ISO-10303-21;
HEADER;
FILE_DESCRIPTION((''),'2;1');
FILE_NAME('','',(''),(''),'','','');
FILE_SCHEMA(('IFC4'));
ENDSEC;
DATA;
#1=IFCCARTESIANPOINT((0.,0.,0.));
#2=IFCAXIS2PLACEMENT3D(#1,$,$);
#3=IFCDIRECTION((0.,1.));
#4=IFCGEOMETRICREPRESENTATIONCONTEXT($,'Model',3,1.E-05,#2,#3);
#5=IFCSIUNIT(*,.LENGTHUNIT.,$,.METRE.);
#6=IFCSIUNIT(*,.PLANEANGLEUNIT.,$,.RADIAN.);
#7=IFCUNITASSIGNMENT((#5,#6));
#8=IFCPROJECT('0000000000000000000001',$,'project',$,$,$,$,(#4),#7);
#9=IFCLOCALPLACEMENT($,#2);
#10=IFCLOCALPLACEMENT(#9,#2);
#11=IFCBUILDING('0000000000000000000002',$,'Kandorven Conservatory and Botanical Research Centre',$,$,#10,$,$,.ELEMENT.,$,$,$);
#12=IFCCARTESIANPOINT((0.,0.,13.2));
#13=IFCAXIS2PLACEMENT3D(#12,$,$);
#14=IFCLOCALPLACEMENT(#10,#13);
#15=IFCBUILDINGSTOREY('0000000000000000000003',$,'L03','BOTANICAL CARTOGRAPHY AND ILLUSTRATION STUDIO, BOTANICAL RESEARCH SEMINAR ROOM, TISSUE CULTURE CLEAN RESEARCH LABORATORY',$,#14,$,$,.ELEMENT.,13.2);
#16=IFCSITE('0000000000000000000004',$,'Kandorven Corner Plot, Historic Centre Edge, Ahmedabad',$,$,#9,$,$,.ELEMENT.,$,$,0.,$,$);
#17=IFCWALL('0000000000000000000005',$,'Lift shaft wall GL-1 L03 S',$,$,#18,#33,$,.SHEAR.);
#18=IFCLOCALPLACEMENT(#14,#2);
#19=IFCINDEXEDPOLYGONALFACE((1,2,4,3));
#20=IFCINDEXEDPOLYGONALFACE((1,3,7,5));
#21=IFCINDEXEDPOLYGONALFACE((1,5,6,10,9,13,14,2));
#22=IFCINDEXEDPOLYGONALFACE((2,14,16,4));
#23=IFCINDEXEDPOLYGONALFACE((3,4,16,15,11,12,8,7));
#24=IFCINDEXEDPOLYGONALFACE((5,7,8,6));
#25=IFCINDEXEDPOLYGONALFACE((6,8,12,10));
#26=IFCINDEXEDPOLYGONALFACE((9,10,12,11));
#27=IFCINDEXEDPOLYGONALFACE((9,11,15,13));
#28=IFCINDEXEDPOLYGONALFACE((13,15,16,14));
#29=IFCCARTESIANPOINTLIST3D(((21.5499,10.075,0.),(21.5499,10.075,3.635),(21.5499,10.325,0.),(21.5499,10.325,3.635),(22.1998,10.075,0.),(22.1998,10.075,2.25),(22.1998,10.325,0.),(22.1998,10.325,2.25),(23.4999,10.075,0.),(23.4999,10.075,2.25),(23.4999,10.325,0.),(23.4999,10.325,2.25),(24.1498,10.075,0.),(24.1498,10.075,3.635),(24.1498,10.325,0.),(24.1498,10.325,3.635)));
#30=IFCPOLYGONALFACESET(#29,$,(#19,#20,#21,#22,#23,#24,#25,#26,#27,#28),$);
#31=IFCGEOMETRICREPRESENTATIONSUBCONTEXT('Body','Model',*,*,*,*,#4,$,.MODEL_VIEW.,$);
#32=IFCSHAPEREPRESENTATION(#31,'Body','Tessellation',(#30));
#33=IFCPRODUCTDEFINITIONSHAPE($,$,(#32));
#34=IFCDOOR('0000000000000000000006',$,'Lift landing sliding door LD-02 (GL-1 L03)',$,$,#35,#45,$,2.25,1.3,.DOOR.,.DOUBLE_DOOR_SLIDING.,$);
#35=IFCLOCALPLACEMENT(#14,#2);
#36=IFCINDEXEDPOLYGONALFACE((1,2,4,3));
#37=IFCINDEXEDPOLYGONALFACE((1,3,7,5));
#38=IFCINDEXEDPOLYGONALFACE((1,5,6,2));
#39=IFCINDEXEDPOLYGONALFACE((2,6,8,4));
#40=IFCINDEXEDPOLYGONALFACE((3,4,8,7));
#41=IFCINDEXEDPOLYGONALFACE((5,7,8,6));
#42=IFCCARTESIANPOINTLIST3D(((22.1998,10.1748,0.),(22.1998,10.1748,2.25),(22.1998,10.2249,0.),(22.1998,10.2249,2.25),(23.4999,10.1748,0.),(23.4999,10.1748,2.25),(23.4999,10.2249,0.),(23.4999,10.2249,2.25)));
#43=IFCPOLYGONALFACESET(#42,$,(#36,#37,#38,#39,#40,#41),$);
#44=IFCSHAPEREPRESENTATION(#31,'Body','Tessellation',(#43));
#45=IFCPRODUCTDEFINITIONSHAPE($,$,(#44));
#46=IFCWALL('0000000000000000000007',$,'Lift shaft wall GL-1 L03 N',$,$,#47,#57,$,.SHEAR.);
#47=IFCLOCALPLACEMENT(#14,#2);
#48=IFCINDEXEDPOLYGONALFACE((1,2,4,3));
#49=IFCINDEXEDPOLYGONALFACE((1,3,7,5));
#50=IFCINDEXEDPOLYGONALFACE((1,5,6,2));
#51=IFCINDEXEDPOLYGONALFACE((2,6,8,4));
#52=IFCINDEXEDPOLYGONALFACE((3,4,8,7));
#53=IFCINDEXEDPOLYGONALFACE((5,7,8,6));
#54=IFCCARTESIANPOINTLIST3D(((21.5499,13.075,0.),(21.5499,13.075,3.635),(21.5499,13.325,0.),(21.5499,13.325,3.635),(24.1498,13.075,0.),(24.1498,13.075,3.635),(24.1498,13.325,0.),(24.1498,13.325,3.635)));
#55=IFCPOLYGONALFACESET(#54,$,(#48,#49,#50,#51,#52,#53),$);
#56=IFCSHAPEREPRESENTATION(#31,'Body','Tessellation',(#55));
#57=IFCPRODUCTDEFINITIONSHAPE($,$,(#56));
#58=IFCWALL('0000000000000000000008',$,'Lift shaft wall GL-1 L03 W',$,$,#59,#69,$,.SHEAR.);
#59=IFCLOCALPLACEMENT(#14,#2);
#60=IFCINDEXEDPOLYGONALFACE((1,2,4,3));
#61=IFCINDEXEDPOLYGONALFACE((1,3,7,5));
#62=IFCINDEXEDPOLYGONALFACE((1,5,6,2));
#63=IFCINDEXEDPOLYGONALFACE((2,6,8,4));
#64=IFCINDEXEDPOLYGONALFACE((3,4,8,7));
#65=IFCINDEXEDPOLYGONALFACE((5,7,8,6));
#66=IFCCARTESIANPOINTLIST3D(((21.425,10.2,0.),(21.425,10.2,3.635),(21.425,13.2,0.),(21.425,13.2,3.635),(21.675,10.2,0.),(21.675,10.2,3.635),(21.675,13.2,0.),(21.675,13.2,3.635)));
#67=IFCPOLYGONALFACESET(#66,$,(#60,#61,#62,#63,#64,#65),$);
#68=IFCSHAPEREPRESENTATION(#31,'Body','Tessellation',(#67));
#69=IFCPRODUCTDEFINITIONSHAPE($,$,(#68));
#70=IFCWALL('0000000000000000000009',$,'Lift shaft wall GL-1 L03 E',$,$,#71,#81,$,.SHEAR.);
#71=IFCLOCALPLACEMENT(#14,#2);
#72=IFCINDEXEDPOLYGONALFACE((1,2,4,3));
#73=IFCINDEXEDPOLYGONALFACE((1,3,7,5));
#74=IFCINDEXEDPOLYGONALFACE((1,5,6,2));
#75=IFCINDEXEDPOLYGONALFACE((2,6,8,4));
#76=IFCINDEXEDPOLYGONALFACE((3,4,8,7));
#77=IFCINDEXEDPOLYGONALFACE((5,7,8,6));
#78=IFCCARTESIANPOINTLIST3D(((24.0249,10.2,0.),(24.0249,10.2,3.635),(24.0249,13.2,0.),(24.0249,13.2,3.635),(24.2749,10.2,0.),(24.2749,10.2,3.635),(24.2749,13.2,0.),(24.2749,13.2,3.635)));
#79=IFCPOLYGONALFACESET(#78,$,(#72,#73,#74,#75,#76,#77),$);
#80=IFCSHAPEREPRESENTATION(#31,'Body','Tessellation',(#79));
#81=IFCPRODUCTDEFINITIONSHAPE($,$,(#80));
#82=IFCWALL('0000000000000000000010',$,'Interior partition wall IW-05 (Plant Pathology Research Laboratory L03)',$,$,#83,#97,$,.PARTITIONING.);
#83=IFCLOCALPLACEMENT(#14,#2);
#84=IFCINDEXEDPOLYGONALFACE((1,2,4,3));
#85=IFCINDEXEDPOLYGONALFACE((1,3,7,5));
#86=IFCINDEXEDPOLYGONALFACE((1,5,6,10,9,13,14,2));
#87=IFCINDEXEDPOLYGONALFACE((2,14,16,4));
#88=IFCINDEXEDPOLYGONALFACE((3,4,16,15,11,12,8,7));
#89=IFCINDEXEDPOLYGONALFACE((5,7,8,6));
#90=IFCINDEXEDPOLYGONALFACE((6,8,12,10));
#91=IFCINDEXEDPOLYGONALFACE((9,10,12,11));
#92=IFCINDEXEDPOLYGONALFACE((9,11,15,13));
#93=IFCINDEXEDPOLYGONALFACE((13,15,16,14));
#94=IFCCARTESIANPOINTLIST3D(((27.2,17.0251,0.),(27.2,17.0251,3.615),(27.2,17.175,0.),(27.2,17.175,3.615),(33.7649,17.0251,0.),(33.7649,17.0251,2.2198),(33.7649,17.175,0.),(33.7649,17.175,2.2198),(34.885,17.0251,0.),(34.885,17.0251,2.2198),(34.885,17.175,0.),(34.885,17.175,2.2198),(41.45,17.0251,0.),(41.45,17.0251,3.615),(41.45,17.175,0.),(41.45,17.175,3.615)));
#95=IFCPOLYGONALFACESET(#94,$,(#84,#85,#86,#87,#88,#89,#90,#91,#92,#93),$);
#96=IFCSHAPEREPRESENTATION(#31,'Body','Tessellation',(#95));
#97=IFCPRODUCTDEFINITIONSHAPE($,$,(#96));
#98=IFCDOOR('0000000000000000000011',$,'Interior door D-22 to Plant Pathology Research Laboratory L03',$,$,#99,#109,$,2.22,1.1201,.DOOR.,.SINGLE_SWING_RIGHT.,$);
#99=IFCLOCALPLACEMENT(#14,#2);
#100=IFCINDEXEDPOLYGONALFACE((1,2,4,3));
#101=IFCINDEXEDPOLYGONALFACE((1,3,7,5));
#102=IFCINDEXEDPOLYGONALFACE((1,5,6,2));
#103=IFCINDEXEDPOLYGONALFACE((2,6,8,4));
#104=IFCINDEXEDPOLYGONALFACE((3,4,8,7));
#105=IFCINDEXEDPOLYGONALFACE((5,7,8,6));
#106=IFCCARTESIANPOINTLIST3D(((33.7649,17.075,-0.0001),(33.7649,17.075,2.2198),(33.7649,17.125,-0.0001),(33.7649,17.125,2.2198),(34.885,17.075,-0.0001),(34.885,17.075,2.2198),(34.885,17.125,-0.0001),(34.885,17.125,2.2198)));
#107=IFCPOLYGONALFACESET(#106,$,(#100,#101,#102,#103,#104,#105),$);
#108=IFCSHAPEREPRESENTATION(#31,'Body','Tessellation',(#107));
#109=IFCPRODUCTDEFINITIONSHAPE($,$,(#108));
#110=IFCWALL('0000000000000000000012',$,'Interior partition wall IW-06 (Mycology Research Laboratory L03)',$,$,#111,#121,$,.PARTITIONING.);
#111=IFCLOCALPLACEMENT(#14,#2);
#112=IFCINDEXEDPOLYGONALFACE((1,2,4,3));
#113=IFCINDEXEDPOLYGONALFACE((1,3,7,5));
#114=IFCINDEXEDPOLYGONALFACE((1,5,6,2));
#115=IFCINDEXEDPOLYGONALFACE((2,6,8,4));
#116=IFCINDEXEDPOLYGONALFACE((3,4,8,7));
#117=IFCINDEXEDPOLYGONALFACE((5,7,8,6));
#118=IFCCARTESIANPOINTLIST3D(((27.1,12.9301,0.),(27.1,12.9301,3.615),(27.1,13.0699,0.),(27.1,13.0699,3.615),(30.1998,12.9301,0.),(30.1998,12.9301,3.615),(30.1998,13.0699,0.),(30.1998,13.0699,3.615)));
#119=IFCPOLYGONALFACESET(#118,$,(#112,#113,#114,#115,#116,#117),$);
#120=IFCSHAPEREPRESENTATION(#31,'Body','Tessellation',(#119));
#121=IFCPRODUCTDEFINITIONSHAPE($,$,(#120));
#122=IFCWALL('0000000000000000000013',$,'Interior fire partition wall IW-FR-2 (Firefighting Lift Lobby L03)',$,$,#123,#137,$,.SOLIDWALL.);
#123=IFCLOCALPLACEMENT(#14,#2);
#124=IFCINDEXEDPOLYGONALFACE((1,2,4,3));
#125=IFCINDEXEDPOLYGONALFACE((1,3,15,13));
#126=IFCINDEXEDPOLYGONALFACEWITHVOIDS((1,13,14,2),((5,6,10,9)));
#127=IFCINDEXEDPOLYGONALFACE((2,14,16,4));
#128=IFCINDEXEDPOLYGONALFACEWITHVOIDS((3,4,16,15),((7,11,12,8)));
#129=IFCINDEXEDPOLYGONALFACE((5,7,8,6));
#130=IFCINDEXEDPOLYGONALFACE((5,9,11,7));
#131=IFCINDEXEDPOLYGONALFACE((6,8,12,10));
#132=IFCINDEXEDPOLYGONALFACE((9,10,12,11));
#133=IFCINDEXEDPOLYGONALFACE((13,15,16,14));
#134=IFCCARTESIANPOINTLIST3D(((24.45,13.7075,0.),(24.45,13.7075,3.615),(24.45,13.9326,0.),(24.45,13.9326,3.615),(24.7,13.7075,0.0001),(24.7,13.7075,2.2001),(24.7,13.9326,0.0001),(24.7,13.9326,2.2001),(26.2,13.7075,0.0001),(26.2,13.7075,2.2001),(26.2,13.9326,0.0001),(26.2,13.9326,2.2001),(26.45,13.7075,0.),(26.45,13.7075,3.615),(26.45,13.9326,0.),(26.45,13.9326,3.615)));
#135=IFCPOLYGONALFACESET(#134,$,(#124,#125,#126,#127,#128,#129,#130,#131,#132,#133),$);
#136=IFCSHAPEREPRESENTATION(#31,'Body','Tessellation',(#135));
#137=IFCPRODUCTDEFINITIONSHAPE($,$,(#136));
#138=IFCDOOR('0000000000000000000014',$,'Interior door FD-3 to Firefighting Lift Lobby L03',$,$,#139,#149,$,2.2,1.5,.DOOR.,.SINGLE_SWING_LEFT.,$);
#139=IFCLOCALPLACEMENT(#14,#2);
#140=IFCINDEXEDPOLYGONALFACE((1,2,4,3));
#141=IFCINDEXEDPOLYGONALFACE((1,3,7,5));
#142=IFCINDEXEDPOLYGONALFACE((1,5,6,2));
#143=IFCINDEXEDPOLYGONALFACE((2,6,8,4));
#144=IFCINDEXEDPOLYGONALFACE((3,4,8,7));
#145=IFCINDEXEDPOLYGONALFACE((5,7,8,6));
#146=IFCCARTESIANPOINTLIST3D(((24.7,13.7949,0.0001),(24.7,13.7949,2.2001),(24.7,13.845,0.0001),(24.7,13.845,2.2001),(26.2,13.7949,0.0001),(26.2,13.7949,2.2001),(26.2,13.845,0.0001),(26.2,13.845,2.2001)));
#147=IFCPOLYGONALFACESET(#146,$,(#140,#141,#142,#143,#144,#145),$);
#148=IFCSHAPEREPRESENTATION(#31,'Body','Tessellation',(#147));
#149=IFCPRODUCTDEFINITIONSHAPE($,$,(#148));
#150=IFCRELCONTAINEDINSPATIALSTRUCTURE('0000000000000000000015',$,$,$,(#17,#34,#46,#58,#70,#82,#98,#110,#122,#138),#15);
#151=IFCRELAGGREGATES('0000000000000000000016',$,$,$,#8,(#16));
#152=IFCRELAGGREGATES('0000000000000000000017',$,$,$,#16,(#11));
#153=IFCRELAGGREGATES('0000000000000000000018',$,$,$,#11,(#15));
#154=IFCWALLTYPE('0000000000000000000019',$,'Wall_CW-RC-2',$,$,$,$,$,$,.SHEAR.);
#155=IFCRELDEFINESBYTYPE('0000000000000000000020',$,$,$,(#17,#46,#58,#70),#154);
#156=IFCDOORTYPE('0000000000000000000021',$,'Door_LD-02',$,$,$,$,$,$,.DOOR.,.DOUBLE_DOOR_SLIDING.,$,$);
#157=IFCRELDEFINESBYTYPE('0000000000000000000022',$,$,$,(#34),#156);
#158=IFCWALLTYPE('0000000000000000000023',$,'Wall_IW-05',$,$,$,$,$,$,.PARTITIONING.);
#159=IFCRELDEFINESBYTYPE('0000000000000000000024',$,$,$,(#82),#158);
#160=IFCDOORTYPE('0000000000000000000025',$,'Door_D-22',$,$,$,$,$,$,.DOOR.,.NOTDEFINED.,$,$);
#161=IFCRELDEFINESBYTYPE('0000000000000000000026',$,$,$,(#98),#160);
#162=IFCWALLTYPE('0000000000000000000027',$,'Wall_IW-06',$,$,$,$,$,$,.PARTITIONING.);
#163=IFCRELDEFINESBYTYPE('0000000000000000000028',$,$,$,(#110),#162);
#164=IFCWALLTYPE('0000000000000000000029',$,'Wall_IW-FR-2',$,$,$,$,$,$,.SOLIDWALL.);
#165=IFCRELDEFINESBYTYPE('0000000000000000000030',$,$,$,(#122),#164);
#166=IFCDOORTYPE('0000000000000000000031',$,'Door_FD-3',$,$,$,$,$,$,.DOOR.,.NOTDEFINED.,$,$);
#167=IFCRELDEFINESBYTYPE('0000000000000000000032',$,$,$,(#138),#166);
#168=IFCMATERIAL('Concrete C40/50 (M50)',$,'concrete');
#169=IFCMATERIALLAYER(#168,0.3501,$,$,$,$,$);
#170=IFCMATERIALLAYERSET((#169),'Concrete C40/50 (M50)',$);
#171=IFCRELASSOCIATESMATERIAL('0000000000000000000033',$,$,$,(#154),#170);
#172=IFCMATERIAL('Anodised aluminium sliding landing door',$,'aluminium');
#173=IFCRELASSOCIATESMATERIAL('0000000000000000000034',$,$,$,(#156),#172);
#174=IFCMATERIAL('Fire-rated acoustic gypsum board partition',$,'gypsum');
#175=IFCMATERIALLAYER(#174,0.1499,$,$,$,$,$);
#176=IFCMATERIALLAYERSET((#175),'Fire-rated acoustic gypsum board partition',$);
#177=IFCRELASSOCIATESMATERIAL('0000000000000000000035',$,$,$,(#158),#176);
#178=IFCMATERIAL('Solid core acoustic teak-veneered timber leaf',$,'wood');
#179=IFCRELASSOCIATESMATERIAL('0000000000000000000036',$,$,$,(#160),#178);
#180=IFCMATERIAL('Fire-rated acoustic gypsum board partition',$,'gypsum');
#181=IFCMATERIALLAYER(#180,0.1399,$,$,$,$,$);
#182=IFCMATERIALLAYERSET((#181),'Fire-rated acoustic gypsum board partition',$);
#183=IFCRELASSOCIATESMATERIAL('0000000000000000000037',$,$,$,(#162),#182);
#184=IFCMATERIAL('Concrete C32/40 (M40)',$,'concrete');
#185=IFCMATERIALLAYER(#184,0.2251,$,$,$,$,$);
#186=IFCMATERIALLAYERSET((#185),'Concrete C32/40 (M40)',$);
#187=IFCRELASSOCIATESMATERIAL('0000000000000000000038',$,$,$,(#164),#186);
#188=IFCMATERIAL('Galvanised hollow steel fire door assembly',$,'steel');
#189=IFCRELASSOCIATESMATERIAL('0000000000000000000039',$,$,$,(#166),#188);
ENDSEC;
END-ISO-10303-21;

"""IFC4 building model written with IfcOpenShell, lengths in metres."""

from ifc_helpers import new_model, si_unit, direction, frame, frame_2d, origin, place, context, subcontext, project, spatial, rectangle, extrude, material, layer, layer_set, type_object, element, fill, save


model = new_model("IFC4")

# Units and contexts
model_context = context("Model", 3, precision=1e-05, world=origin(), true_north=direction((0.0, 1.0)))
body_context = subcontext(model_context, "Body", "Model", "MODEL_VIEW")
ifc_project = project(units=[si_unit("LENGTHUNIT", "METRE"), si_unit("PLANEANGLEUNIT", "RADIAN")], contexts=[model_context])

# Site, building, storey
site_placement = place(None, origin())
site = spatial("IfcSite", under=ifc_project, at=site_placement, Name="Kandorven Corner Plot, Historic Centre Edge, Ahmedabad", CompositionType="ELEMENT", RefElevation=0.0)
building_placement = place(site_placement, origin())
building = spatial("IfcBuilding", under=site, at=building_placement, Name="Kandorven Conservatory and Botanical Research Centre", CompositionType="ELEMENT")
storey_placement = place(building_placement, frame((0.0, 0.0, 13.2)))
storey = spatial("IfcBuildingStorey", under=building, at=storey_placement, Name="L03", Description="BOTANICAL CARTOGRAPHY AND ILLUSTRATION STUDIO, BOTANICAL RESEARCH SEMINAR ROOM, TISSUE CULTURE CLEAN RESEARCH LABORATORY", CompositionType="ELEMENT", Elevation=13.2)

# Shared definitions
ifc_material_1 = material(Name="Concrete C40/50 (M50)", Category="concrete")
ifc_layer_1 = layer(ifc_material_1, 0.3501)
ifc_layer_set_1 = layer_set([ifc_layer_1], Name="Concrete C40/50 (M50)")
wall_type_1 = type_object("IfcWallType", Name="Wall_CW-RC-2", PredefinedType="SHEAR", material=ifc_layer_set_1)

# Wall, opening, door
wall_1_placement = place(storey_placement, frame((21.55, 10.2, 0.0), z_axis=(0.0, 0.0, 1.0), x_axis=(1.0, 0.0, 0.0)))
wall_1 = element("IfcWall", 1, at=wall_1_placement, inside=storey, type_object=wall_type_1, Name="Lift shaft wall GL-1 L03 S", PredefinedType="SHEAR", context=body_context, shape_type="SweptSolid", body=[
    extrude(rectangle(XDim=2.5999, YDim=0.25, at=frame_2d((1.2998, 0.0))), origin(), (0.0, 0.0, 1.0), 3.635),
])
opening_1_placement = place(wall_1_placement, frame((0.6499, 0.0, 0.0)))
opening_1 = element("IfcOpeningElement", 2, at=opening_1_placement, cuts=wall_1, PredefinedType="OPENING", context=body_context, shape_type="SweptSolid", body=[
    extrude(rectangle(XDim=1.3, YDim=2.25, at=frame_2d((0.6499, 1.125))), frame((0.0, 0.135, 0.0), z_axis=(0.0, -1.0, 0.0), x_axis=(1.0, 0.0, 0.0)), (0.0, 0.0, 1.0), 0.27),
])
ifc_material_2 = material(Name="Anodised aluminium sliding landing door", Category="aluminium")
door_type_1 = type_object("IfcDoorType", Name="Door_LD-02", OperationType="DOUBLE_DOOR_SLIDING", PredefinedType="DOOR", material=ifc_material_2)
door_1_placement = place(opening_1_placement, origin())
door_1 = element("IfcDoor", 3, at=door_1_placement, inside=storey, type_object=door_type_1, Name="Lift landing sliding door LD-02 (GL-1 L03)", OperationType="DOUBLE_DOOR_SLIDING", OverallHeight=2.25, OverallWidth=1.3, PredefinedType="DOOR", context=body_context, shape_type="SweptSolid", body=[
    extrude(rectangle(XDim=1.3, YDim=2.25, at=frame_2d((0.6499, 1.125))), frame((0.0, 0.0249, 0.0), z_axis=(0.0, -1.0, 0.0), x_axis=(1.0, 0.0, 0.0)), (0.0, 0.0, 1.0), 0.05),
])
fill(opening_1, door_1)

# Walls
wall_2_placement = place(storey_placement, frame((21.55, 13.2, 0.0), z_axis=(0.0, 0.0, 1.0), x_axis=(1.0, 0.0, 0.0)))
element("IfcWall", 4, at=wall_2_placement, inside=storey, type_object=wall_type_1, Name="Lift shaft wall GL-1 L03 N", PredefinedType="SHEAR", context=body_context, shape_type="SweptSolid", body=[
    extrude(rectangle(XDim=2.5999, YDim=0.25, at=frame_2d((1.2998, 0.0))), origin(), (0.0, 0.0, 1.0), 3.635),
])
for number, where, z_axis, x_axis, name in (
    (5, (21.55, 10.2, 0.0), (0.0, 0.0, 1.0), (0.0, 1.0, 0.0), "Lift shaft wall GL-1 L03 W"),
    (6, (24.1499, 10.2, 0.0), (0.0, 0.0, 1.0), (0.0, 1.0, 0.0), "Lift shaft wall GL-1 L03 E"),
):
    element("IfcWall", number, at=place(storey_placement, frame(where, z_axis=z_axis, x_axis=x_axis)), inside=storey, type_object=wall_type_1, Name=name, PredefinedType="SHEAR", context=body_context, shape_type="SweptSolid", body=[
        extrude(rectangle(XDim=3.0, YDim=0.25, at=frame_2d((1.5, 0.0))), origin(), (0.0, 0.0, 1.0), 3.635),
    ])

# Wall, opening, door
ifc_material_3 = material(Name="Fire-rated acoustic gypsum board partition", Category="gypsum")
ifc_layer_2 = layer(ifc_material_3, 0.1499)
ifc_layer_set_2 = layer_set([ifc_layer_2], Name="Fire-rated acoustic gypsum board partition")
wall_type_2 = type_object("IfcWallType", Name="Wall_IW-05", PredefinedType="PARTITIONING", material=ifc_layer_set_2)
wall_3_placement = place(storey_placement, frame((27.2, 17.1001, 0.0), z_axis=(0.0, 0.0, 1.0), x_axis=(1.0, 0.0, 0.0)))
wall_3 = element("IfcWall", 7, at=wall_3_placement, inside=storey, type_object=wall_type_2, Name="Interior partition wall IW-05 (Plant Pathology Research Laboratory L03)", PredefinedType="PARTITIONING", context=body_context, shape_type="SweptSolid", body=[
    extrude(rectangle(XDim=14.25, YDim=0.1499, at=frame_2d((7.125, 0.0))), origin(), (0.0, 0.0, 1.0), 3.615),
])
opening_2_placement = place(wall_3_placement, frame((6.5649, 0.0, 0.0)))
opening_2 = element("IfcOpeningElement", 8, at=opening_2_placement, cuts=wall_3, PredefinedType="OPENING", context=body_context, shape_type="SweptSolid", body=[
    extrude(rectangle(XDim=1.1201, YDim=2.22, at=frame_2d((0.5601, 1.1099))), frame((0.0, 0.085, 0.0), z_axis=(0.0, -1.0, 0.0), x_axis=(1.0, 0.0, 0.0)), (0.0, 0.0, 1.0), 0.1699),
])
ifc_material_4 = material(Name="Solid core acoustic teak-veneered timber leaf", Category="wood")
door_type_2 = type_object("IfcDoorType", Name="Door_D-22", OperationType="NOTDEFINED", PredefinedType="DOOR", material=ifc_material_4)
door_2_placement = place(opening_2_placement, origin())
door_2 = element("IfcDoor", 9, at=door_2_placement, inside=storey, type_object=door_type_2, Name="Interior door D-22 to Plant Pathology Research Laboratory L03", OperationType="SINGLE_SWING_RIGHT", OverallHeight=2.22, OverallWidth=1.1201, PredefinedType="DOOR", context=body_context, shape_type="SweptSolid", body=[
    extrude(rectangle(XDim=1.1201, YDim=2.22, at=frame_2d((0.5601, 1.1099))), frame((0.0, 0.0249, 0.0), z_axis=(0.0, -1.0, 0.0), x_axis=(1.0, 0.0, 0.0)), (0.0, 0.0, 1.0), 0.05),
])
fill(opening_2, door_2)

# Wall
ifc_material_5 = material(Name="Fire-rated acoustic gypsum board partition", Category="gypsum")
ifc_layer_3 = layer(ifc_material_5, 0.1399)
ifc_layer_set_3 = layer_set([ifc_layer_3], Name="Fire-rated acoustic gypsum board partition")
wall_type_3 = type_object("IfcWallType", Name="Wall_IW-06", PredefinedType="PARTITIONING", material=ifc_layer_set_3)
wall_4_placement = place(storey_placement, frame((27.1001, 13.0, 0.0), z_axis=(0.0, 0.0, 1.0), x_axis=(1.0, 0.0, 0.0)))
element("IfcWall", 10, at=wall_4_placement, inside=storey, type_object=wall_type_3, Name="Interior partition wall IW-06 (Mycology Research Laboratory L03)", PredefinedType="PARTITIONING", context=body_context, shape_type="SweptSolid", body=[
    extrude(rectangle(XDim=3.0999, YDim=0.1399, at=frame_2d((1.5498, 0.0))), origin(), (0.0, 0.0, 1.0), 3.615),
])

# Wall, opening, door
ifc_material_6 = material(Name="Concrete C32/40 (M40)", Category="concrete")
ifc_layer_4 = layer(ifc_material_6, 0.2251)
ifc_layer_set_4 = layer_set([ifc_layer_4], Name="Concrete C32/40 (M40)")
wall_type_4 = type_object("IfcWallType", Name="Wall_IW-FR-2", PredefinedType="SOLIDWALL", material=ifc_layer_set_4)
wall_5_placement = place(storey_placement, frame((24.45, 13.8201, 0.0), z_axis=(0.0, 0.0, 1.0), x_axis=(1.0, 0.0, 0.0)))
wall_5 = element("IfcWall", 11, at=wall_5_placement, inside=storey, type_object=wall_type_4, Name="Interior fire partition wall IW-FR-2 (Firefighting Lift Lobby L03)", PredefinedType="SOLIDWALL", context=body_context, shape_type="SweptSolid", body=[
    extrude(rectangle(XDim=2.0, YDim=0.2251, at=frame_2d((1.0, 0.0))), origin(), (0.0, 0.0, 1.0), 3.615),
])
opening_3_placement = place(wall_5_placement, frame((0.25, 0.0, 0.0)))
opening_3 = element("IfcOpeningElement", 12, at=opening_3_placement, cuts=wall_5, PredefinedType="OPENING", context=body_context, shape_type="SweptSolid", body=[
    extrude(rectangle(XDim=1.5, YDim=2.2, at=frame_2d((0.75, 1.1001))), frame((0.0, 0.1226, 0.0), z_axis=(0.0, -1.0, 0.0), x_axis=(1.0, 0.0, 0.0)), (0.0, 0.0, 1.0), 0.2451),
])
ifc_material_7 = material(Name="Galvanised hollow steel fire door assembly", Category="steel")
door_type_3 = type_object("IfcDoorType", Name="Door_FD-3", OperationType="NOTDEFINED", PredefinedType="DOOR", material=ifc_material_7)
door_3_placement = place(opening_3_placement, origin())
door_3 = element("IfcDoor", 13, at=door_3_placement, inside=storey, type_object=door_type_3, Name="Interior door FD-3 to Firefighting Lift Lobby L03", OperationType="SINGLE_SWING_LEFT", OverallHeight=2.2, OverallWidth=1.5, PredefinedType="DOOR", context=body_context, shape_type="SweptSolid", body=[
    extrude(rectangle(XDim=1.5, YDim=2.2, at=frame_2d((0.75, 1.1001))), frame((0.0, 0.0249, 0.0), z_axis=(0.0, -1.0, 0.0), x_axis=(1.0, 0.0, 0.0)), (0.0, 0.0, 1.0), 0.05),
])
fill(opening_3, door_3)

save(model, "model.ifc")
